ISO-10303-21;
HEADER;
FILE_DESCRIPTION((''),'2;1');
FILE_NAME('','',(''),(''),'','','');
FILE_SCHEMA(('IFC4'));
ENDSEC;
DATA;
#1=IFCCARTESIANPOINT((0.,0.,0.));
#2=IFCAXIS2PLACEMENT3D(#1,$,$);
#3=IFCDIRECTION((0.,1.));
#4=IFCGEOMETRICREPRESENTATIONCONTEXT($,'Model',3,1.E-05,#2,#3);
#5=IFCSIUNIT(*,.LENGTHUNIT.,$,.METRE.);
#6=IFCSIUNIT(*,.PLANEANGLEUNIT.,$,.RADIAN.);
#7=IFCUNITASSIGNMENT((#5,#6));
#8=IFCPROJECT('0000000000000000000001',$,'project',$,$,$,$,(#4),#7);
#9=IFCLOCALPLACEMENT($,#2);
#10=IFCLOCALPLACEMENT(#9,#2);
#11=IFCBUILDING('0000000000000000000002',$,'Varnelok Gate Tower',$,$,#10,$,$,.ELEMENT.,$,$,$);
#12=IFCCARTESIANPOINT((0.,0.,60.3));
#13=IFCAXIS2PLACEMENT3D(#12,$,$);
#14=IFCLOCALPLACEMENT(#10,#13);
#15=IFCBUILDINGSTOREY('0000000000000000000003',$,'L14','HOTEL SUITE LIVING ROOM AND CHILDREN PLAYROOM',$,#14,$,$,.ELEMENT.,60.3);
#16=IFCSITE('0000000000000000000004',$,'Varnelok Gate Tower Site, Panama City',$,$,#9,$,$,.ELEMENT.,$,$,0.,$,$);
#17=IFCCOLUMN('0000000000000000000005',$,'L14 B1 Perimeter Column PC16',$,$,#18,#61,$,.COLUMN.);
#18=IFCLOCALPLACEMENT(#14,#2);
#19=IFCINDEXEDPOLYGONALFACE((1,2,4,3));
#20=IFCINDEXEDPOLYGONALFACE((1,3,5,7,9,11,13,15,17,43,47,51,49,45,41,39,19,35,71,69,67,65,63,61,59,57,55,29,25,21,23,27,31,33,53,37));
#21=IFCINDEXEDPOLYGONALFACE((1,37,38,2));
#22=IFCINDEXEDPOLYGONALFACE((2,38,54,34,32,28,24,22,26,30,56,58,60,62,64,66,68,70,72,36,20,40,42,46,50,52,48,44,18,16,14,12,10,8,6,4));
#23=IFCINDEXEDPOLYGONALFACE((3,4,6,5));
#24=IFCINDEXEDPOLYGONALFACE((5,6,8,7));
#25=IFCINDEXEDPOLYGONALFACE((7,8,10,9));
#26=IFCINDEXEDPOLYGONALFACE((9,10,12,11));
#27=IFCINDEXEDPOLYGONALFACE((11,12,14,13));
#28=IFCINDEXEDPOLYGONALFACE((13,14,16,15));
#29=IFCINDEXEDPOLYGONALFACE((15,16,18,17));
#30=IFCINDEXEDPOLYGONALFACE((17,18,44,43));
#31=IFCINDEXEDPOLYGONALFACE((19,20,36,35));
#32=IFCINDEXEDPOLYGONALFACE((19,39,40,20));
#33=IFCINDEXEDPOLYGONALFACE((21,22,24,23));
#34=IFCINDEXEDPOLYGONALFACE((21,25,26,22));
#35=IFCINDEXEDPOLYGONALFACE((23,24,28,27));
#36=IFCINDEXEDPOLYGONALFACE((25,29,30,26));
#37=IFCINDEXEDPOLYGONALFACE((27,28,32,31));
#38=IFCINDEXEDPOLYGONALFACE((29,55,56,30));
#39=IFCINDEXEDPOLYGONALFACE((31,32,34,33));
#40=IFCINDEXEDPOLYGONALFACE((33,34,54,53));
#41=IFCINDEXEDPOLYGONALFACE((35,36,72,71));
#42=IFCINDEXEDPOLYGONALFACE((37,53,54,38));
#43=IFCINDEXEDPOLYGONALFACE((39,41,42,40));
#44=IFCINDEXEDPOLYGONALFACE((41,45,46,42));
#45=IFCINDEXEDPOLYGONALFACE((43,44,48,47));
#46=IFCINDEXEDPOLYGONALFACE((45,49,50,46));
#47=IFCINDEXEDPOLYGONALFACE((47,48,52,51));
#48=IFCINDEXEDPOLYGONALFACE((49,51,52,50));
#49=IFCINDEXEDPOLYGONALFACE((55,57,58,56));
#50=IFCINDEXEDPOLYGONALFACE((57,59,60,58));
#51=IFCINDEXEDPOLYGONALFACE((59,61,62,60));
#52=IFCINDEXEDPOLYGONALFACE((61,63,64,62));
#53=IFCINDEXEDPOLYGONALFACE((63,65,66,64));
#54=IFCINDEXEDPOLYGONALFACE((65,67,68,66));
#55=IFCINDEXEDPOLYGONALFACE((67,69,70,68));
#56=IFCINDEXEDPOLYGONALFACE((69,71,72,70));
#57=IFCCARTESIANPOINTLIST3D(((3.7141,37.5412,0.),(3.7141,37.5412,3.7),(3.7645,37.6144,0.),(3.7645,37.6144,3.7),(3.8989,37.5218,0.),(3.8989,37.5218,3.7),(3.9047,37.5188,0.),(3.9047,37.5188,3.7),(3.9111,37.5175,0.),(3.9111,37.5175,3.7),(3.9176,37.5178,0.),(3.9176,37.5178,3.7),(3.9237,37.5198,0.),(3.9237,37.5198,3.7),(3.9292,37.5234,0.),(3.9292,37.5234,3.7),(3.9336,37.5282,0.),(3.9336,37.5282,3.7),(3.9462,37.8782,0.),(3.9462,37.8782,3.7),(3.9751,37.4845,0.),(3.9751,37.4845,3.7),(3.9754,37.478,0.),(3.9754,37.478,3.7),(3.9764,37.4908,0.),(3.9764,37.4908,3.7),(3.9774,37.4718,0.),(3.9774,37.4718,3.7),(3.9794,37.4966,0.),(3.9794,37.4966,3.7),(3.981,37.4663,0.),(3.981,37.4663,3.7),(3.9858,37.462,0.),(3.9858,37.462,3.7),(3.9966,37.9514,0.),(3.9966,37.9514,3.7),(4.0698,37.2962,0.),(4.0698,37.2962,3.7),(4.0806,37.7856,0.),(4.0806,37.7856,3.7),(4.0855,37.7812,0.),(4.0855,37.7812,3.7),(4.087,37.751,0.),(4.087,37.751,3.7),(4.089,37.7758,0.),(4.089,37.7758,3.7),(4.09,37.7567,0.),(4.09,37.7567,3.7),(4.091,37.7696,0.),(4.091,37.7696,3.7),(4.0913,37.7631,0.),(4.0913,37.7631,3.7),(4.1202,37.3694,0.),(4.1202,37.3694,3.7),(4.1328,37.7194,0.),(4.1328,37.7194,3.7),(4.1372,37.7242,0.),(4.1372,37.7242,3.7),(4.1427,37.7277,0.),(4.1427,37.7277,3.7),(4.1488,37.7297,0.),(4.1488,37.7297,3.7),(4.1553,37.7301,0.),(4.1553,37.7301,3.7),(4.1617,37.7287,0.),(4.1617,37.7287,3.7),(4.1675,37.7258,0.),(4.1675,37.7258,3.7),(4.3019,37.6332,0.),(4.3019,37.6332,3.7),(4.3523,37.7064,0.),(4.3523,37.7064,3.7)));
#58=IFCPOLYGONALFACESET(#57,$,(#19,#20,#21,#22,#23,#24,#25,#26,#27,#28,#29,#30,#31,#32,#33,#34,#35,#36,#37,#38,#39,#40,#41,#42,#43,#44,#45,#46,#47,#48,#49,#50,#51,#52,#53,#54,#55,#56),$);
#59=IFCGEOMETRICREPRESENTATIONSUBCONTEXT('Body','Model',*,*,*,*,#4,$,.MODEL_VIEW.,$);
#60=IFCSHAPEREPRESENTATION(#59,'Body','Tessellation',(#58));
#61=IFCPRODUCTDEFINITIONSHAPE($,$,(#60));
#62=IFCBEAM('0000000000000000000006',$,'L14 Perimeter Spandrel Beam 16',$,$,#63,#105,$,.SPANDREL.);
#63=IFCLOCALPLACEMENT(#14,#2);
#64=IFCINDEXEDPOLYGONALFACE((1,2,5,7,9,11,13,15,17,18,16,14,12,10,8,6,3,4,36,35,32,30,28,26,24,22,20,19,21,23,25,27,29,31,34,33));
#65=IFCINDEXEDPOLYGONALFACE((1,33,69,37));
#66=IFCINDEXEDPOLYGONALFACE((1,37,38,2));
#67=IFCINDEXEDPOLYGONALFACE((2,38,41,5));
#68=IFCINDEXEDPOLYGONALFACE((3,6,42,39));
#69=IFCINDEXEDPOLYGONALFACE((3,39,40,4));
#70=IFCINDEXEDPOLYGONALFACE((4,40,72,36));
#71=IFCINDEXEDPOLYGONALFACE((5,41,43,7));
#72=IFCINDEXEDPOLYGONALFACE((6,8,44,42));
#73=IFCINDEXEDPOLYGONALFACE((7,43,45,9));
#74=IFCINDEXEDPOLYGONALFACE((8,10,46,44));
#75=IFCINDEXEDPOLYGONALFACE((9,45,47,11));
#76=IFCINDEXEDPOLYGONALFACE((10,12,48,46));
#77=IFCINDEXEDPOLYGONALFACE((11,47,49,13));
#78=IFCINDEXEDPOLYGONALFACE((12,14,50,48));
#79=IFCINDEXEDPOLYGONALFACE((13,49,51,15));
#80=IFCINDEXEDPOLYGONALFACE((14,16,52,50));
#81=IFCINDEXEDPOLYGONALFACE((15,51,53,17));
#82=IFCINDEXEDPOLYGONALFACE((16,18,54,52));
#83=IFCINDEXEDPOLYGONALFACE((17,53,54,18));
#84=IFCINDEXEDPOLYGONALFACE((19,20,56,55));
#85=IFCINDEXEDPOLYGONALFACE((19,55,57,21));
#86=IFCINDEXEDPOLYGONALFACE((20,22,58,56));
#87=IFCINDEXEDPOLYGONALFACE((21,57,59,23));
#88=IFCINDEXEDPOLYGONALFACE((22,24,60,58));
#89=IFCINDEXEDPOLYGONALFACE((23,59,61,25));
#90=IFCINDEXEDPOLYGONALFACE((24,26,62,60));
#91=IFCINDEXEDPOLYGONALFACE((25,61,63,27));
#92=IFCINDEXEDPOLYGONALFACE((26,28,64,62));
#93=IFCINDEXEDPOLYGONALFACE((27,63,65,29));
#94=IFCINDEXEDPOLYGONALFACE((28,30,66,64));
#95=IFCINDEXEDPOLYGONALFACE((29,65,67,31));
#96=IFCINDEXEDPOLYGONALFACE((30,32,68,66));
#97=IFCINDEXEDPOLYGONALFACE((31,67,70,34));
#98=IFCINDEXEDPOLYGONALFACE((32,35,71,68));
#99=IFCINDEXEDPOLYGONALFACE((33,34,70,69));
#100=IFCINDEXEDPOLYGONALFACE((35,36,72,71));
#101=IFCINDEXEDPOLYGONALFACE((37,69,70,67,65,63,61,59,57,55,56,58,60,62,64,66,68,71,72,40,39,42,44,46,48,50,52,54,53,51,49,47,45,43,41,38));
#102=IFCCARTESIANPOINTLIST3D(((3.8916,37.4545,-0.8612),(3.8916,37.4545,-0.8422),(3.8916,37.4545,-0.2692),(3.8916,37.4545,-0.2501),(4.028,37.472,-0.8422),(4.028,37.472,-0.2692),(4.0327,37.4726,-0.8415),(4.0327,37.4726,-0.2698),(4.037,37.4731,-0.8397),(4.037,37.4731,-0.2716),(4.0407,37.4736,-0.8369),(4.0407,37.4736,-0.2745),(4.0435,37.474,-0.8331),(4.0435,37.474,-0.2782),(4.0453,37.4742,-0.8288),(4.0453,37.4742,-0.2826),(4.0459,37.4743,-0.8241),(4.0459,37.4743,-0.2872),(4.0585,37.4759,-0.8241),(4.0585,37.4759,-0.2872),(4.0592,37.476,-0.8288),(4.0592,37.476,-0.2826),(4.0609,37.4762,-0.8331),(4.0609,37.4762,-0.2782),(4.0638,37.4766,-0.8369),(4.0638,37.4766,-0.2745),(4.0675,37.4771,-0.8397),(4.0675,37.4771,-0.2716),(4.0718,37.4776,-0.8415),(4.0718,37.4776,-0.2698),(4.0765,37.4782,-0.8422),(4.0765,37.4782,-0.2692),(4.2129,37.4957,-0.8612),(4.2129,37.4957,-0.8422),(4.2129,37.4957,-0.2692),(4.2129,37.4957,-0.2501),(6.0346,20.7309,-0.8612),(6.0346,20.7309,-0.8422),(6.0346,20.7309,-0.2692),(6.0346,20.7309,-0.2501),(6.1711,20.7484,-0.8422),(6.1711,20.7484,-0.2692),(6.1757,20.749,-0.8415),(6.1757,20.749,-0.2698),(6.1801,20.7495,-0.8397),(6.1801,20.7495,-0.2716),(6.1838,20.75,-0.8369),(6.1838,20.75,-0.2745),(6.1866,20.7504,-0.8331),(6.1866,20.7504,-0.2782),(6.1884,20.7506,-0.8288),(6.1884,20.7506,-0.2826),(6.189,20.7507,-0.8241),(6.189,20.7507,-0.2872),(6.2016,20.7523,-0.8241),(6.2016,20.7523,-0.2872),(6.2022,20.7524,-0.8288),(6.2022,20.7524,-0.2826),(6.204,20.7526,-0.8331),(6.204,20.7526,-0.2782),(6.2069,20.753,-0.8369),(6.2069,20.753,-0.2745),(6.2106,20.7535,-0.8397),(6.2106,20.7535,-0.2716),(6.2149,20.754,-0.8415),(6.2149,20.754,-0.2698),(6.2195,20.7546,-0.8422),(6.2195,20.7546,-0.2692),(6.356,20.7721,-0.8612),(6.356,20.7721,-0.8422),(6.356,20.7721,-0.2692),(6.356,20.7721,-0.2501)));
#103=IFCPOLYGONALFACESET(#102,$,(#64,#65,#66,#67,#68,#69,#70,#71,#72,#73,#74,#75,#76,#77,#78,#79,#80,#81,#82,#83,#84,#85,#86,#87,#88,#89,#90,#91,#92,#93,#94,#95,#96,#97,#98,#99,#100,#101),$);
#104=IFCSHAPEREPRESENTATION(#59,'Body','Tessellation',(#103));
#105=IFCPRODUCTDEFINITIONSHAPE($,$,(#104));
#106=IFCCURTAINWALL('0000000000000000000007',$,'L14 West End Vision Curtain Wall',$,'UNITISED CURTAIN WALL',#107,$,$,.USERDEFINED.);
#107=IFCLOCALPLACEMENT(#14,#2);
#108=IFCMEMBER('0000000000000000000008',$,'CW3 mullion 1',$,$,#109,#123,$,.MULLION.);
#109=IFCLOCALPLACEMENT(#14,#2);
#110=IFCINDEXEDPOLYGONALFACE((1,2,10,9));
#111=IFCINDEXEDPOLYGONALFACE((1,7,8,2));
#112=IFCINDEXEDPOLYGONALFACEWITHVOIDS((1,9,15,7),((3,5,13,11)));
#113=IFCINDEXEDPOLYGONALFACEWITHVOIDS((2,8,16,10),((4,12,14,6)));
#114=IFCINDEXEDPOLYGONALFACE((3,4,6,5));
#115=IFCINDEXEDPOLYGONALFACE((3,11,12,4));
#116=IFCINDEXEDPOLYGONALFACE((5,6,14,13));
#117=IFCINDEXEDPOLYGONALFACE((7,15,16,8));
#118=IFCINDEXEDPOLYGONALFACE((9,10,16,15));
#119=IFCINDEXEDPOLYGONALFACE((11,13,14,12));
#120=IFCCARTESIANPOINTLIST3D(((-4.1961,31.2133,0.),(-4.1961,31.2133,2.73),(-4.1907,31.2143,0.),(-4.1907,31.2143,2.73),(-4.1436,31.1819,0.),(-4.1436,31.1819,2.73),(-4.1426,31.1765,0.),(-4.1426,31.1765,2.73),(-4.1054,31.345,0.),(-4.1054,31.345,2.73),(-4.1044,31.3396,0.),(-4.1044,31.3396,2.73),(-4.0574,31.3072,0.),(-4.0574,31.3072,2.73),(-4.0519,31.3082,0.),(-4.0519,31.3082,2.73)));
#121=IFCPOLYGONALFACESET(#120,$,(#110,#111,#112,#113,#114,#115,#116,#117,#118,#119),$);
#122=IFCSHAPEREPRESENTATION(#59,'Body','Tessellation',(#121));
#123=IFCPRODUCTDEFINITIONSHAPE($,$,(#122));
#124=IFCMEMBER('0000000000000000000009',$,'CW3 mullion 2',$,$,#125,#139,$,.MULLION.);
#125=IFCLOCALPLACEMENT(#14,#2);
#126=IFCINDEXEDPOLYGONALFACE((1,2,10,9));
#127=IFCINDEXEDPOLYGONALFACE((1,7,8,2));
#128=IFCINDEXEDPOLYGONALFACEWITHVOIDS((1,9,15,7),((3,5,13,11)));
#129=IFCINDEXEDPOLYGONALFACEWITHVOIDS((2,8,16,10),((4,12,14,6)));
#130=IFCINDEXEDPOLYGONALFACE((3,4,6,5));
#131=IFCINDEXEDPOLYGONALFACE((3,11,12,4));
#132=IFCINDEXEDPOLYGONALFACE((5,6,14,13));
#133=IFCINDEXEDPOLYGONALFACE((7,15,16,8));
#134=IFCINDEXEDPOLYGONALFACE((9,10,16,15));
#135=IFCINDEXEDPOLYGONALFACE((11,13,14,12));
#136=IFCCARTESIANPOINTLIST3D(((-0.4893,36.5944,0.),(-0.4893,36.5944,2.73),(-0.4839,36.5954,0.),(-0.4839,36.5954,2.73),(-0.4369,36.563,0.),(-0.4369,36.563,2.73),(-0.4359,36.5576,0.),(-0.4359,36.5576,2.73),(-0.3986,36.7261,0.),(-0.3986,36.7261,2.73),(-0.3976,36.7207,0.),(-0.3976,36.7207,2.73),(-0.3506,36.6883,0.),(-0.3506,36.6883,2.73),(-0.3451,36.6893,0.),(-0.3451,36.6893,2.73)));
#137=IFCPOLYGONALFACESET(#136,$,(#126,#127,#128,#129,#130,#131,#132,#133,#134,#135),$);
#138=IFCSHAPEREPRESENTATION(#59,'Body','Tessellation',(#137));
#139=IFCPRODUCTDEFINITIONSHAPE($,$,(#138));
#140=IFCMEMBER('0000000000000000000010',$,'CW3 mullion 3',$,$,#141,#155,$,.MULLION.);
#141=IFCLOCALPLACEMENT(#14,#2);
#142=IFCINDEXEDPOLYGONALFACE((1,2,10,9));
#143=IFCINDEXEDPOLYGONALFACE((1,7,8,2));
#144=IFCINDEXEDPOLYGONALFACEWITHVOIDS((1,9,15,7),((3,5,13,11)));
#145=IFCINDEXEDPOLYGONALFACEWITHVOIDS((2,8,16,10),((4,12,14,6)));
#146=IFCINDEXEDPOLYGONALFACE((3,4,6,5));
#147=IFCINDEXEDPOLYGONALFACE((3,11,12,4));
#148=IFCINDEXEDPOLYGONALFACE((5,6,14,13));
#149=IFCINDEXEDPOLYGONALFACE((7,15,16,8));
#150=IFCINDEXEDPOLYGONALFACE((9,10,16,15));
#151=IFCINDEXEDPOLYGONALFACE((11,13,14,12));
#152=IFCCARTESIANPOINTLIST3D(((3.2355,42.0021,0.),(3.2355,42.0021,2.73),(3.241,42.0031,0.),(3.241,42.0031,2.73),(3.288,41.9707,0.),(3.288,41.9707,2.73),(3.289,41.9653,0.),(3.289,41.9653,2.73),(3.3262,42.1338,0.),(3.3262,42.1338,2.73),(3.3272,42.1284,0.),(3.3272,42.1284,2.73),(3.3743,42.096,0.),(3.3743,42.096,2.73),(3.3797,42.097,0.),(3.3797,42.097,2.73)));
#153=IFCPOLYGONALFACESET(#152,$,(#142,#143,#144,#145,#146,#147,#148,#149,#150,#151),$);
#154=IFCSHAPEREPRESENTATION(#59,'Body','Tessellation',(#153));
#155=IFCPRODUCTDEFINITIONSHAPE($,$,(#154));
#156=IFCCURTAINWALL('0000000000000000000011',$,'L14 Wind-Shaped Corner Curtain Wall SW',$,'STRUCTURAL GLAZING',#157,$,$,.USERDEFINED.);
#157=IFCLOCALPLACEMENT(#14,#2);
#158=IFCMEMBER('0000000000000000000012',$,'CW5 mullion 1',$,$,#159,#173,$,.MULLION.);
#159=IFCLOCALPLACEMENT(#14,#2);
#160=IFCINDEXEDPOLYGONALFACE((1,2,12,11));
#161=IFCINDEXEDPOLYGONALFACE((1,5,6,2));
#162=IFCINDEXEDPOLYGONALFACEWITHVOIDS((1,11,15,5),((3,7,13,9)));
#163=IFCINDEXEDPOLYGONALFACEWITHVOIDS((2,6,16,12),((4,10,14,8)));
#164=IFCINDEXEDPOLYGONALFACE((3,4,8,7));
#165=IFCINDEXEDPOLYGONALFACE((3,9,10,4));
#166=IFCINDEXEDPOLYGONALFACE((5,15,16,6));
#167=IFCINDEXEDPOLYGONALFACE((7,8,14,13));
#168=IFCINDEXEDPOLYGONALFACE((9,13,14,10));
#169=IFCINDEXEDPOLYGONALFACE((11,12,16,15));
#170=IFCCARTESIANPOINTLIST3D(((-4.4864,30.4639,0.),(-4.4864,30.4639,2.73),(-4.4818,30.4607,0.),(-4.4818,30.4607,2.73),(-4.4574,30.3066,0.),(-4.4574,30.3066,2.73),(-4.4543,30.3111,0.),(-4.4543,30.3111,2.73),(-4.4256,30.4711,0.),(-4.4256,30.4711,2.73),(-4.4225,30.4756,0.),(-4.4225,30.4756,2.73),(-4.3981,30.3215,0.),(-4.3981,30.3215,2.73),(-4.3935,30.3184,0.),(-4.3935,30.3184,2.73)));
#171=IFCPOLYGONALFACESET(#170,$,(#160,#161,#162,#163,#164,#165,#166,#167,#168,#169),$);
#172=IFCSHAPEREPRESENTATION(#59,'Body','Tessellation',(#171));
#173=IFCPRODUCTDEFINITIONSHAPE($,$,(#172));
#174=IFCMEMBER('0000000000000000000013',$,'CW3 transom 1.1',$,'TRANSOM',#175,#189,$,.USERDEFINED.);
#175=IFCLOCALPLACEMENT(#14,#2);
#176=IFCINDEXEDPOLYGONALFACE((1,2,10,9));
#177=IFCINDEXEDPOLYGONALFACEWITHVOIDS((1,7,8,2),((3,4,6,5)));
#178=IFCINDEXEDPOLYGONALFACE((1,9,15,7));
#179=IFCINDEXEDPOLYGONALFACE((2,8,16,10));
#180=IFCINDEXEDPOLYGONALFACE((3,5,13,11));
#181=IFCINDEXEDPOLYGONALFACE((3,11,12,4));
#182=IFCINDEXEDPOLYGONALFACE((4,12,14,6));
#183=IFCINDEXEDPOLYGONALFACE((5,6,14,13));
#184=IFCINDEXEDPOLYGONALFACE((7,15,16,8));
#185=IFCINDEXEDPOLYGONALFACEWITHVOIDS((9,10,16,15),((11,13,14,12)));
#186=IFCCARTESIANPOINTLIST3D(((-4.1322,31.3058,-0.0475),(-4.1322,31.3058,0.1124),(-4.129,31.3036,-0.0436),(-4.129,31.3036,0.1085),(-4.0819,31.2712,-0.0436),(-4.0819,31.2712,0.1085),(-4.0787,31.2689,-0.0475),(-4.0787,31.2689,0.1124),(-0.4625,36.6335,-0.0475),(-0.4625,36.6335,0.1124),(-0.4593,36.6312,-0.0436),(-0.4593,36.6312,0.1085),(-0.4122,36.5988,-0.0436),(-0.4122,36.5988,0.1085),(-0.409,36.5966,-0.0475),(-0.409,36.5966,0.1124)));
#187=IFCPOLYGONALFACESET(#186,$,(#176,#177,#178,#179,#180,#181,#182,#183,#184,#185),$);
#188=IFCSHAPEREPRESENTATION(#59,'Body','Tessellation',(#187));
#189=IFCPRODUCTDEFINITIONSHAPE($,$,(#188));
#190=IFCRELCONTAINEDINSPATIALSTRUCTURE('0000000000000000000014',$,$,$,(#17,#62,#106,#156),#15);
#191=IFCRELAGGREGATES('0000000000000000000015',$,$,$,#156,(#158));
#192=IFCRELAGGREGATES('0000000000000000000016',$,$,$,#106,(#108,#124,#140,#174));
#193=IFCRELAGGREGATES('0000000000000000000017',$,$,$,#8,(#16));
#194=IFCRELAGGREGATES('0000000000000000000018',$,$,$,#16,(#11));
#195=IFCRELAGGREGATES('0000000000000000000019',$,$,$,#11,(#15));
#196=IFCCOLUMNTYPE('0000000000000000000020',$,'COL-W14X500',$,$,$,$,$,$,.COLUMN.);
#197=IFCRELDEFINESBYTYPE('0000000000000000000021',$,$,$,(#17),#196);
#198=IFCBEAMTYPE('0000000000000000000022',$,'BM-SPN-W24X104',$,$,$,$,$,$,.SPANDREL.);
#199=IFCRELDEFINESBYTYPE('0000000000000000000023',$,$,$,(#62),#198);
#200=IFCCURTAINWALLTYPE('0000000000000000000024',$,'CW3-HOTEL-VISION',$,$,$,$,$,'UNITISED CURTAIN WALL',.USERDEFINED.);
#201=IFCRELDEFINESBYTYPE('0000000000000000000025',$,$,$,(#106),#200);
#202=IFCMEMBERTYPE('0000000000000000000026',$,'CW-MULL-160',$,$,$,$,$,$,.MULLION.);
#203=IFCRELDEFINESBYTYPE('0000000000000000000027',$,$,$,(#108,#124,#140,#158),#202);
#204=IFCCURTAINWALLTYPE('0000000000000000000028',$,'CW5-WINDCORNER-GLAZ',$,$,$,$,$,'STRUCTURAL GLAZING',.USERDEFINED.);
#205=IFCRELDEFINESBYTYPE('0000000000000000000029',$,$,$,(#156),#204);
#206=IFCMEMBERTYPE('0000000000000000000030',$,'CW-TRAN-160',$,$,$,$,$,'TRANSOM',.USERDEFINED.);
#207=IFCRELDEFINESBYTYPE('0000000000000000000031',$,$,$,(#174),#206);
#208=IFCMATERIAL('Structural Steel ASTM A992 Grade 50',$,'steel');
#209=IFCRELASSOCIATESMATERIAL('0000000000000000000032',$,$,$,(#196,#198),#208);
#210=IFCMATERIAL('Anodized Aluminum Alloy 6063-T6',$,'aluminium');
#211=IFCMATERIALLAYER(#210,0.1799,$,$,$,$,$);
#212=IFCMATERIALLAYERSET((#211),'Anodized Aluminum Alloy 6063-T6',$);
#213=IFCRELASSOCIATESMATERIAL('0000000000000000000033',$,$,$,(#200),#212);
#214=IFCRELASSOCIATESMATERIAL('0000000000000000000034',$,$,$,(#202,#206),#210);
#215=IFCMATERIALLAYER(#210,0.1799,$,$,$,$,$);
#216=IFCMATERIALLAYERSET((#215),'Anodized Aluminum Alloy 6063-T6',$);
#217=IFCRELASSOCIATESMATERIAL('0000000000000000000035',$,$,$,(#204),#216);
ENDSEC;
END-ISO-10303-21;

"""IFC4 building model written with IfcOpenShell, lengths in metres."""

from ifc_helpers import new_model, si_unit, direction, frame, origin, origin_2d, place, context, subcontext, project, spatial, hollow_rectangle, i_section, extrude, material, layer, layer_set, material_profile, profile_set, type_object, element, aggregate, save


model = new_model("IFC4")

# Units and contexts
model_context = context("Model", 3, precision=1e-05, world=origin(), true_north=direction((0.0, 1.0)))
body_context = subcontext(model_context, "Body", "Model", "MODEL_VIEW")
ifc_project = project(units=[si_unit("LENGTHUNIT", "METRE"), si_unit("PLANEANGLEUNIT", "RADIAN")], contexts=[model_context])

# Site, building, storey
site_placement = place(None, origin())
site = spatial("IfcSite", under=ifc_project, at=site_placement, Name="Varnelok Gate Tower Site, Panama City", CompositionType="ELEMENT", RefElevation=0.0)
building_placement = place(site_placement, origin())
building = spatial("IfcBuilding", under=site, at=building_placement, Name="Varnelok Gate Tower", CompositionType="ELEMENT")
storey_placement = place(building_placement, frame((0.0, 0.0, 60.3)))
storey = spatial("IfcBuildingStorey", under=building, at=storey_placement, Name="L14", Description="HOTEL SUITE LIVING ROOM AND CHILDREN PLAYROOM", CompositionType="ELEMENT", Elevation=60.3)

# Column
ifc_material_1 = material(Name="Structural Steel ASTM A992 Grade 50", Category="steel")
ifc_material_profile_1 = material_profile(ifc_material_1, i_section(OverallWidth=0.4319, OverallDepth=0.498, WebThickness=0.0557, FlangeThickness=0.0889, FilletRadius=0.0249, at=origin_2d()), Name="W14X500")
ifc_profile_set_1 = profile_set([ifc_material_profile_1], Name="Structural Steel ASTM A992 Grade 50")
column_type = type_object("IfcColumnType", Name="COL-W14X500", PredefinedType="COLUMN", material=ifc_profile_set_1)
column_placement = place(storey_placement, frame((4.0332, 37.6238, 0.0), z_axis=(0.0, 0.0, 1.0), x_axis=(0.823533, -0.567269, 0.0)))
element("IfcColumn", 1, at=column_placement, inside=storey, type_object=column_type, Name="L14 B1 Perimeter Column PC16", PredefinedType="COLUMN", context=body_context, shape_type="SweptSolid", body=[
    extrude(i_section(OverallWidth=0.4319, OverallDepth=0.498, WebThickness=0.0557, FlangeThickness=0.0889, FilletRadius=0.0249, at=origin_2d()), origin(), (0.0, 0.0, 1.0), 3.7),
])

# Beam
ifc_material_profile_2 = material_profile(ifc_material_1, i_section(OverallWidth=0.324, OverallDepth=0.6111, WebThickness=0.0127, FlangeThickness=0.019, FilletRadius=0.0181, at=origin_2d()), Name="W24X104")
ifc_profile_set_2 = profile_set([ifc_material_profile_2], Name="Structural Steel ASTM A992 Grade 50")
beam_type = type_object("IfcBeamType", Name="BM-SPN-W24X104", PredefinedType="SPANDREL", material=ifc_profile_set_2)
beam_placement = place(storey_placement, frame((4.0522, 37.4751, -0.5557), z_axis=(0.127107, -0.991889, 0.0), x_axis=(0.991889, 0.127107, 0.0)))
element("IfcBeam", 2, at=beam_placement, inside=storey, type_object=beam_type, Name="L14 Perimeter Spandrel Beam 16", PredefinedType="SPANDREL", context=body_context, shape_type="SweptSolid", body=[
    extrude(i_section(OverallWidth=0.324, OverallDepth=0.6111, WebThickness=0.0127, FlangeThickness=0.019, FilletRadius=0.0181, at=origin_2d()), origin(), (0.0, 0.0, 1.0), 16.8604),
])

# Curtain wall, members
ifc_material_2 = material(Name="Anodized Aluminum Alloy 6063-T6", Category="aluminium")
ifc_layer_1 = layer(ifc_material_2, 0.1799)
ifc_layer_set_1 = layer_set([ifc_layer_1], Name="Anodized Aluminum Alloy 6063-T6")
curtain_wall_type_1 = type_object("IfcCurtainWallType", Name="CW3-HOTEL-VISION", ElementType="UNITISED CURTAIN WALL", PredefinedType="USERDEFINED", material=ifc_layer_set_1)
curtain_wall_1_placement = place(storey_placement, origin())
curtain_wall_1 = element("IfcCurtainWall", 3, at=curtain_wall_1_placement, inside=storey, type_object=curtain_wall_type_1, Name="L14 West End Vision Curtain Wall", ObjectType="UNITISED CURTAIN WALL", PredefinedType="USERDEFINED")
ifc_material_profile_3 = material_profile(ifc_material_2, hollow_rectangle(XDim=0.0649, YDim=0.1599, WallThickness=0.0039, at=origin_2d()), Name="ALU160X65X4")
ifc_profile_set_3 = profile_set([ifc_material_profile_3], Name="Anodized Aluminum Alloy 6063-T6")
member_type_1 = type_object("IfcMemberType", Name="CW-MULL-160", PredefinedType="MULLION", material=ifc_profile_set_3)
member_1_placement = place(storey_placement, frame((-4.124, 31.2607, 0.0), z_axis=(0.0, 0.0, 1.0), x_axis=(-0.823533, 0.567269, 0.0)))
member_1 = element("IfcMember", 4, at=member_1_placement, type_object=member_type_1, Name="CW3 mullion 1", PredefinedType="MULLION", context=body_context, shape_type="SweptSolid", body=[
    extrude(hollow_rectangle(XDim=0.0649, YDim=0.1599, WallThickness=0.0039, at=origin_2d()), origin(), (0.0, 0.0, 1.0), 2.73),
])
member_2_placement = place(storey_placement, frame((-0.4172, 36.6418, 0.0), z_axis=(0.0, 0.0, 1.0), x_axis=(-0.823533, 0.567269, 0.0)))
member_2 = element("IfcMember", 5, at=member_2_placement, type_object=member_type_1, Name="CW3 mullion 2", PredefinedType="MULLION", context=body_context, shape_type="SweptSolid", body=[
    extrude(hollow_rectangle(XDim=0.0649, YDim=0.1599, WallThickness=0.0039, at=origin_2d()), origin(), (0.0, 0.0, 1.0), 2.73),
])
member_3_placement = place(storey_placement, frame((3.3076, 42.0496, 0.0), z_axis=(0.0, 0.0, 1.0), x_axis=(-0.823533, 0.567269, 0.0)))
member_3 = element("IfcMember", 6, at=member_3_placement, type_object=member_type_1, Name="CW3 mullion 3", PredefinedType="MULLION", context=body_context, shape_type="SweptSolid", body=[
    extrude(hollow_rectangle(XDim=0.0649, YDim=0.1599, WallThickness=0.0039, at=origin_2d()), origin(), (0.0, 0.0, 1.0), 2.73),
])

# Curtain wall, member
ifc_layer_2 = layer(ifc_material_2, 0.1799)
ifc_layer_set_2 = layer_set([ifc_layer_2], Name="Anodized Aluminum Alloy 6063-T6")
curtain_wall_type_2 = type_object("IfcCurtainWallType", Name="CW5-WINDCORNER-GLAZ", ElementType="STRUCTURAL GLAZING", PredefinedType="USERDEFINED", material=ifc_layer_set_2)
curtain_wall_2_placement = place(storey_placement, origin())
curtain_wall_2 = element("IfcCurtainWall", 7, at=curtain_wall_2_placement, inside=storey, type_object=curtain_wall_type_2, Name="L14 Wind-Shaped Corner Curtain Wall SW", ObjectType="STRUCTURAL GLAZING", PredefinedType="USERDEFINED")
member_4_placement = place(storey_placement, frame((-4.4399, 30.3911, 0.0), z_axis=(0.0, 0.0, 1.0), x_axis=(0.983446, 0.181203, 0.0)))
member_4 = element("IfcMember", 8, at=member_4_placement, type_object=member_type_1, Name="CW5 mullion 1", PredefinedType="MULLION", context=body_context, shape_type="SweptSolid", body=[
    extrude(hollow_rectangle(XDim=0.0649, YDim=0.1599, WallThickness=0.0039, at=origin_2d()), origin(), (0.0, 0.0, 1.0), 2.73),
])

# Member
ifc_material_profile_4 = material_profile(ifc_material_2, hollow_rectangle(XDim=0.0649, YDim=0.1599, WallThickness=0.0039, at=origin_2d()), Name="ALU160X65X4")
ifc_profile_set_4 = profile_set([ifc_material_profile_4], Name="Anodized Aluminum Alloy 6063-T6")
member_type_2 = type_object("IfcMemberType", Name="CW-TRAN-160", ElementType="TRANSOM", PredefinedType="USERDEFINED", material=ifc_profile_set_4)
member_5_placement = place(storey_placement, frame((-4.1055, 31.2874, 0.0325), z_axis=(0.567256, 0.823542, 0.0), x_axis=(-0.823542, 0.567256, 0.0)))
member_5 = element("IfcMember", 9, at=member_5_placement, type_object=member_type_2, Name="CW3 transom 1.1", ObjectType="TRANSOM", PredefinedType="USERDEFINED", context=body_context, shape_type="SweptSolid", body=[
    extrude(hollow_rectangle(XDim=0.0649, YDim=0.1599, WallThickness=0.0039, at=origin_2d()), origin(), (0.0, 0.0, 1.0), 6.4692),
])
aggregate(curtain_wall_2, [member_4])

aggregate(curtain_wall_1, [member_1, member_2, member_3, member_5])

save(model, "model.ifc")
